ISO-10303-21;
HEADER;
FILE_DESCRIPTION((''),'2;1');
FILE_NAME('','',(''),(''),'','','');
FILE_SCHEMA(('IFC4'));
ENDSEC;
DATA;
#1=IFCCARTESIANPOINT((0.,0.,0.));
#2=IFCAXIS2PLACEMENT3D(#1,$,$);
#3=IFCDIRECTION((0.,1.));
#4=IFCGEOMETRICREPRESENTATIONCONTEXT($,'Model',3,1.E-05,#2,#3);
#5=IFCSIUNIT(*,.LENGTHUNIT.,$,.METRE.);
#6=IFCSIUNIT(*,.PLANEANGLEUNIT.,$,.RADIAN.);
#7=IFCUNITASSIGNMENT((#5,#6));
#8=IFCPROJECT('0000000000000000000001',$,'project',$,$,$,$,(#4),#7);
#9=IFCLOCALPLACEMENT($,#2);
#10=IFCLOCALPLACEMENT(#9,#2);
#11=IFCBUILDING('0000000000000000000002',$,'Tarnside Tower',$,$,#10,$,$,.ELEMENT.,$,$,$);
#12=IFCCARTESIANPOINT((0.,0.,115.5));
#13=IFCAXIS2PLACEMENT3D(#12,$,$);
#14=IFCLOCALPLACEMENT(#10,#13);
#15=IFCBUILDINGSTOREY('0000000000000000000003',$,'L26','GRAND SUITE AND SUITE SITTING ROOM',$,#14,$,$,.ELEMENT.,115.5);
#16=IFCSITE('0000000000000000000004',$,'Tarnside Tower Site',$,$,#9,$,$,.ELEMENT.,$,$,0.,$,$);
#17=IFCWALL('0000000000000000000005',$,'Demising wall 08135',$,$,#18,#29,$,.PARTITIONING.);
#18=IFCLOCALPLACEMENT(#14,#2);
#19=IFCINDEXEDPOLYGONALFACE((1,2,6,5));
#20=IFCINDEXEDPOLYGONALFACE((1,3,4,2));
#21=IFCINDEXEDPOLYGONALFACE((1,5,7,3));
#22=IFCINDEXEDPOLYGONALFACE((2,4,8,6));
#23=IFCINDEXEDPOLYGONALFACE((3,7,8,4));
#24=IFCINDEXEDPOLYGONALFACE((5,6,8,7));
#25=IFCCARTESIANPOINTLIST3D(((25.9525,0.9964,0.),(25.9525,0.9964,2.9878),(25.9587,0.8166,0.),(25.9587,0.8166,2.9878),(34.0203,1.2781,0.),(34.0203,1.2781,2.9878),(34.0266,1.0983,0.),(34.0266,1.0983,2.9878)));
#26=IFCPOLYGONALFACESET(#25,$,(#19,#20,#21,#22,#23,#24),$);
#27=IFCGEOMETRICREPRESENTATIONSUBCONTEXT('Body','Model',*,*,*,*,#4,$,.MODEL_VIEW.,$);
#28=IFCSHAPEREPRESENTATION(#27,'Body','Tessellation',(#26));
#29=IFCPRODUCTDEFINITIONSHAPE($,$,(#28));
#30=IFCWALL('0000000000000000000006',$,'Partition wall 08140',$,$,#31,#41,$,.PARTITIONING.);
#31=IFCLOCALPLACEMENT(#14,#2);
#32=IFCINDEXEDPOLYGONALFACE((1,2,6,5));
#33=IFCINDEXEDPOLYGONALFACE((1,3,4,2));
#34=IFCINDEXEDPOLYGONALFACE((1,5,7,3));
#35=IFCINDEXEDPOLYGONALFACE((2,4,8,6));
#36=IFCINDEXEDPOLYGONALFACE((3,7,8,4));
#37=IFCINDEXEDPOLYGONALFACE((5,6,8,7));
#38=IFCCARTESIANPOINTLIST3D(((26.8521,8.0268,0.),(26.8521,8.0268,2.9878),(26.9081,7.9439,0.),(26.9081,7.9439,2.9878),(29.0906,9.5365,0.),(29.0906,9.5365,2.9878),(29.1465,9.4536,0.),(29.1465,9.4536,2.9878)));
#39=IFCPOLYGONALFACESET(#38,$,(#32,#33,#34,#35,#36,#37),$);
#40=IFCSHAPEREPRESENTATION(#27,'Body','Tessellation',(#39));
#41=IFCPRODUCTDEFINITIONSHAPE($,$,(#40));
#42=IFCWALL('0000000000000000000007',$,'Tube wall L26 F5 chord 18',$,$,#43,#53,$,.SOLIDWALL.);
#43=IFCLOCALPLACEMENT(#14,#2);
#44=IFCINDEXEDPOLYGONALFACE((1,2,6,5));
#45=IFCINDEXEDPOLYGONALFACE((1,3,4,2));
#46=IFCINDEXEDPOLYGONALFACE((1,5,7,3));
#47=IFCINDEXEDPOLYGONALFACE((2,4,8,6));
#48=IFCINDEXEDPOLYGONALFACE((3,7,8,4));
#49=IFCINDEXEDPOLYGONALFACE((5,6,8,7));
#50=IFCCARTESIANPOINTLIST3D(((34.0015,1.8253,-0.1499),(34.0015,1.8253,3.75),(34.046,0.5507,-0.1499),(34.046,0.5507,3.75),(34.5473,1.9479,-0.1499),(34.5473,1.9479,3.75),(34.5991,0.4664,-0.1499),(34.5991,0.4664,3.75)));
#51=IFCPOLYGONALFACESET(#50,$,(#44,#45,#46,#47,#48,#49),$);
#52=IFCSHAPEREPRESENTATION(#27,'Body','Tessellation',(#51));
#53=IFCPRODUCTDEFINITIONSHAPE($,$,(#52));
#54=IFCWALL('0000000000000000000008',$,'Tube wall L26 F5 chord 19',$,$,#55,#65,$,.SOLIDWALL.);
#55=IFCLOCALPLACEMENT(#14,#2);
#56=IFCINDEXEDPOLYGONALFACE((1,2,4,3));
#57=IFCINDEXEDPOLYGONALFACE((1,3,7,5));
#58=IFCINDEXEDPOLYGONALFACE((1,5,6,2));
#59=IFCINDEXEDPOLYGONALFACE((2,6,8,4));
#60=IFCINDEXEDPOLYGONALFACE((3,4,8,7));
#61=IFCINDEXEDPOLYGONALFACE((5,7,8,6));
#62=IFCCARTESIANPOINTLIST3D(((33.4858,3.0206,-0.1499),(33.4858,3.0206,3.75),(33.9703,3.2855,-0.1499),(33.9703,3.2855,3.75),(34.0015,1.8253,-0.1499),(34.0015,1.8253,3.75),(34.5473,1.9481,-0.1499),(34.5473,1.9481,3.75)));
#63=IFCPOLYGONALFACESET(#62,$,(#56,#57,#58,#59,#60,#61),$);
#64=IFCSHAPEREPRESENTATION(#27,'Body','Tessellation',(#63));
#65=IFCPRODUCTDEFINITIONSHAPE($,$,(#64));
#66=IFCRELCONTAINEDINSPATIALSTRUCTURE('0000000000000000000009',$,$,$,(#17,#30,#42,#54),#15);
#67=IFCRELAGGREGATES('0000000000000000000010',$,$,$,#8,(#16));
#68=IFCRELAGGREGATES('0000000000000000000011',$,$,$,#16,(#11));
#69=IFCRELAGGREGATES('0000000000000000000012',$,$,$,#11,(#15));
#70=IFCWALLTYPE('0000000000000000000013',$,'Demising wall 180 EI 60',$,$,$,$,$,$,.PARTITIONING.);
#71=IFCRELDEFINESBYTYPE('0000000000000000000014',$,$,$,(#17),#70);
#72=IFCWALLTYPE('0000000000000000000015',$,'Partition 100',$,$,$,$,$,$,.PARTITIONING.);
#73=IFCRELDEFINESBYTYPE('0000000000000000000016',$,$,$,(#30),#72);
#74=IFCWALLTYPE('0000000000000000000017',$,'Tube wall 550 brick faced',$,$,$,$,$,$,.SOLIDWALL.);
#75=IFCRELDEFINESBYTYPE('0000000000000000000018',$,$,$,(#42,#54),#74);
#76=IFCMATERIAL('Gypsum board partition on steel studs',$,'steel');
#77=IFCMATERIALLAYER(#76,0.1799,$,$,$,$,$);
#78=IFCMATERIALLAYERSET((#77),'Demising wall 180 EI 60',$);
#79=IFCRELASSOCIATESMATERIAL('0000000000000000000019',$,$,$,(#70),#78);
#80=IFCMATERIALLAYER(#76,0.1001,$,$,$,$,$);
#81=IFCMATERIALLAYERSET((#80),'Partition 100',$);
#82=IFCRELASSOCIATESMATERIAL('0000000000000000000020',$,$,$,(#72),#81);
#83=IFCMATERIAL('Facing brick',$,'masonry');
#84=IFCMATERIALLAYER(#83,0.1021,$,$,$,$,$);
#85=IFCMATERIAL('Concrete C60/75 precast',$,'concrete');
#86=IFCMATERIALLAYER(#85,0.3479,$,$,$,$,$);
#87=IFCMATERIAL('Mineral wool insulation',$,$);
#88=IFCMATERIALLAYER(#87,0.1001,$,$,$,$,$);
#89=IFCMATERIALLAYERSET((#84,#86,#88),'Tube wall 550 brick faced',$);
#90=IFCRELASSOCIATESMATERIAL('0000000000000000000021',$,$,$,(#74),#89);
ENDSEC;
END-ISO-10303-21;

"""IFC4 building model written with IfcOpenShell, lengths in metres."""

from ifc_helpers import new_model, si_unit, direction, frame, frame_2d, origin, place, context, subcontext, project, spatial, polyline, rectangle, outline, extrude, material, layer, layer_set, type_object, element, save


model = new_model("IFC4")

# Units and contexts
model_context = context("Model", 3, precision=1e-05, world=origin(), true_north=direction((0.0, 1.0)))
body_context = subcontext(model_context, "Body", "Model", "MODEL_VIEW")
ifc_project = project(units=[si_unit("LENGTHUNIT", "METRE"), si_unit("PLANEANGLEUNIT", "RADIAN")], contexts=[model_context])

# Site, building, storey
site_placement = place(None, origin())
site = spatial("IfcSite", under=ifc_project, at=site_placement, Name="Tarnside Tower Site", CompositionType="ELEMENT", RefElevation=0.0)
building_placement = place(site_placement, origin())
building = spatial("IfcBuilding", under=site, at=building_placement, Name="Tarnside Tower", CompositionType="ELEMENT")
storey_placement = place(building_placement, frame((0.0, 0.0, 115.5)))
storey = spatial("IfcBuildingStorey", under=building, at=storey_placement, Name="L26", Description="GRAND SUITE AND SUITE SITTING ROOM", CompositionType="ELEMENT", Elevation=115.5)

# Walls
ifc_material_1 = material(Name="Gypsum board partition on steel studs", Category="steel")
ifc_layer_1 = layer(ifc_material_1, 0.1799)
ifc_layer_set_1 = layer_set([ifc_layer_1], Name="Demising wall 180 EI 60")
wall_type_1 = type_object("IfcWallType", Name="Demising wall 180 EI 60", PredefinedType="PARTITIONING", material=ifc_layer_set_1)
wall_1_placement = place(storey_placement, frame((34.0234, 1.1882, 0.0), z_axis=(0.0, 0.0, 1.0), x_axis=(-0.999391, -0.0349, 0.0)))
element("IfcWall", 1, at=wall_1_placement, inside=storey, type_object=wall_type_1, Name="Demising wall 08135", PredefinedType="PARTITIONING", context=body_context, shape_type="SweptSolid", body=[
    extrude(rectangle(XDim=8.0728, YDim=0.1799, at=frame_2d((4.0364, 0.0))), origin(), (0.0, 0.0, 1.0), 2.9878),
])
ifc_layer_2 = layer(ifc_material_1, 0.1001)
ifc_layer_set_2 = layer_set([ifc_layer_2], Name="Partition 100")
wall_type_2 = type_object("IfcWallType", Name="Partition 100", PredefinedType="PARTITIONING", material=ifc_layer_set_2)
wall_2_placement = place(storey_placement, frame((29.1187, 9.4951, 0.0), z_axis=(0.0, 0.0, 1.0), x_axis=(-0.829061, -0.559158, 0.0)))
element("IfcWall", 2, at=wall_2_placement, inside=storey, type_object=wall_type_2, Name="Partition wall 08140", PredefinedType="PARTITIONING", context=body_context, shape_type="SweptSolid", body=[
    extrude(rectangle(XDim=2.7, YDim=0.1001, at=frame_2d((1.3501, 0.0))), origin(), (0.0, 0.0, 1.0), 2.9878),
])
ifc_material_2 = material(Name="Facing brick", Category="masonry")
ifc_layer_3 = layer(ifc_material_2, 0.1021)
ifc_material_3 = material(Name="Concrete C60/75 precast", Category="concrete")
ifc_layer_4 = layer(ifc_material_3, 0.3479)
ifc_material_4 = material(Name="Mineral wool insulation")
ifc_layer_5 = layer(ifc_material_4, 0.1001)
ifc_layer_set_3 = layer_set([ifc_layer_3, ifc_layer_4, ifc_layer_5], Name="Tube wall 550 brick faced")
wall_type_3 = type_object("IfcWallType", Name="Tube wall 550 brick faced", PredefinedType="SOLIDWALL", material=ifc_layer_set_3)
wall_3_placement = place(storey_placement, frame((34.3225, 0.5085, -0.1499), z_axis=(0.0, 0.0, 1.0), x_axis=(-0.034877, 0.999392, 0.0)))
element("IfcWall", 3, at=wall_3_placement, inside=storey, type_object=wall_type_3, Name="Tube wall L26 F5 chord 18", PredefinedType="SOLIDWALL", context=body_context, shape_type="SweptSolid", body=[
    extrude(outline(polyline([(-0.0518, -0.2749), (1.4307, -0.2749), (1.3271, 0.2749), (0.0518, 0.2749), (-0.0518, -0.2749)])), origin(), (0.0, 0.0, 1.0), 3.8999),
])
wall_4_placement = place(storey_placement, frame((34.2744, 1.8867, -0.1499), z_axis=(0.0, 0.0, 1.0), x_axis=(-0.396161, 0.918181, 0.0)))
element("IfcWall", 4, at=wall_4_placement, inside=storey, type_object=wall_type_3, Name="Tube wall L26 F5 chord 19", PredefinedType="SOLIDWALL", context=body_context, shape_type="SweptSolid", body=[
    extrude(outline(polyline([(-0.0518, -0.2749), (1.4048, -0.2749), (1.3535, 0.2749), (0.0518, 0.2749), (-0.0518, -0.2749)])), origin(), (0.0, 0.0, 1.0), 3.8999),
])

save(model, "model.ifc")
